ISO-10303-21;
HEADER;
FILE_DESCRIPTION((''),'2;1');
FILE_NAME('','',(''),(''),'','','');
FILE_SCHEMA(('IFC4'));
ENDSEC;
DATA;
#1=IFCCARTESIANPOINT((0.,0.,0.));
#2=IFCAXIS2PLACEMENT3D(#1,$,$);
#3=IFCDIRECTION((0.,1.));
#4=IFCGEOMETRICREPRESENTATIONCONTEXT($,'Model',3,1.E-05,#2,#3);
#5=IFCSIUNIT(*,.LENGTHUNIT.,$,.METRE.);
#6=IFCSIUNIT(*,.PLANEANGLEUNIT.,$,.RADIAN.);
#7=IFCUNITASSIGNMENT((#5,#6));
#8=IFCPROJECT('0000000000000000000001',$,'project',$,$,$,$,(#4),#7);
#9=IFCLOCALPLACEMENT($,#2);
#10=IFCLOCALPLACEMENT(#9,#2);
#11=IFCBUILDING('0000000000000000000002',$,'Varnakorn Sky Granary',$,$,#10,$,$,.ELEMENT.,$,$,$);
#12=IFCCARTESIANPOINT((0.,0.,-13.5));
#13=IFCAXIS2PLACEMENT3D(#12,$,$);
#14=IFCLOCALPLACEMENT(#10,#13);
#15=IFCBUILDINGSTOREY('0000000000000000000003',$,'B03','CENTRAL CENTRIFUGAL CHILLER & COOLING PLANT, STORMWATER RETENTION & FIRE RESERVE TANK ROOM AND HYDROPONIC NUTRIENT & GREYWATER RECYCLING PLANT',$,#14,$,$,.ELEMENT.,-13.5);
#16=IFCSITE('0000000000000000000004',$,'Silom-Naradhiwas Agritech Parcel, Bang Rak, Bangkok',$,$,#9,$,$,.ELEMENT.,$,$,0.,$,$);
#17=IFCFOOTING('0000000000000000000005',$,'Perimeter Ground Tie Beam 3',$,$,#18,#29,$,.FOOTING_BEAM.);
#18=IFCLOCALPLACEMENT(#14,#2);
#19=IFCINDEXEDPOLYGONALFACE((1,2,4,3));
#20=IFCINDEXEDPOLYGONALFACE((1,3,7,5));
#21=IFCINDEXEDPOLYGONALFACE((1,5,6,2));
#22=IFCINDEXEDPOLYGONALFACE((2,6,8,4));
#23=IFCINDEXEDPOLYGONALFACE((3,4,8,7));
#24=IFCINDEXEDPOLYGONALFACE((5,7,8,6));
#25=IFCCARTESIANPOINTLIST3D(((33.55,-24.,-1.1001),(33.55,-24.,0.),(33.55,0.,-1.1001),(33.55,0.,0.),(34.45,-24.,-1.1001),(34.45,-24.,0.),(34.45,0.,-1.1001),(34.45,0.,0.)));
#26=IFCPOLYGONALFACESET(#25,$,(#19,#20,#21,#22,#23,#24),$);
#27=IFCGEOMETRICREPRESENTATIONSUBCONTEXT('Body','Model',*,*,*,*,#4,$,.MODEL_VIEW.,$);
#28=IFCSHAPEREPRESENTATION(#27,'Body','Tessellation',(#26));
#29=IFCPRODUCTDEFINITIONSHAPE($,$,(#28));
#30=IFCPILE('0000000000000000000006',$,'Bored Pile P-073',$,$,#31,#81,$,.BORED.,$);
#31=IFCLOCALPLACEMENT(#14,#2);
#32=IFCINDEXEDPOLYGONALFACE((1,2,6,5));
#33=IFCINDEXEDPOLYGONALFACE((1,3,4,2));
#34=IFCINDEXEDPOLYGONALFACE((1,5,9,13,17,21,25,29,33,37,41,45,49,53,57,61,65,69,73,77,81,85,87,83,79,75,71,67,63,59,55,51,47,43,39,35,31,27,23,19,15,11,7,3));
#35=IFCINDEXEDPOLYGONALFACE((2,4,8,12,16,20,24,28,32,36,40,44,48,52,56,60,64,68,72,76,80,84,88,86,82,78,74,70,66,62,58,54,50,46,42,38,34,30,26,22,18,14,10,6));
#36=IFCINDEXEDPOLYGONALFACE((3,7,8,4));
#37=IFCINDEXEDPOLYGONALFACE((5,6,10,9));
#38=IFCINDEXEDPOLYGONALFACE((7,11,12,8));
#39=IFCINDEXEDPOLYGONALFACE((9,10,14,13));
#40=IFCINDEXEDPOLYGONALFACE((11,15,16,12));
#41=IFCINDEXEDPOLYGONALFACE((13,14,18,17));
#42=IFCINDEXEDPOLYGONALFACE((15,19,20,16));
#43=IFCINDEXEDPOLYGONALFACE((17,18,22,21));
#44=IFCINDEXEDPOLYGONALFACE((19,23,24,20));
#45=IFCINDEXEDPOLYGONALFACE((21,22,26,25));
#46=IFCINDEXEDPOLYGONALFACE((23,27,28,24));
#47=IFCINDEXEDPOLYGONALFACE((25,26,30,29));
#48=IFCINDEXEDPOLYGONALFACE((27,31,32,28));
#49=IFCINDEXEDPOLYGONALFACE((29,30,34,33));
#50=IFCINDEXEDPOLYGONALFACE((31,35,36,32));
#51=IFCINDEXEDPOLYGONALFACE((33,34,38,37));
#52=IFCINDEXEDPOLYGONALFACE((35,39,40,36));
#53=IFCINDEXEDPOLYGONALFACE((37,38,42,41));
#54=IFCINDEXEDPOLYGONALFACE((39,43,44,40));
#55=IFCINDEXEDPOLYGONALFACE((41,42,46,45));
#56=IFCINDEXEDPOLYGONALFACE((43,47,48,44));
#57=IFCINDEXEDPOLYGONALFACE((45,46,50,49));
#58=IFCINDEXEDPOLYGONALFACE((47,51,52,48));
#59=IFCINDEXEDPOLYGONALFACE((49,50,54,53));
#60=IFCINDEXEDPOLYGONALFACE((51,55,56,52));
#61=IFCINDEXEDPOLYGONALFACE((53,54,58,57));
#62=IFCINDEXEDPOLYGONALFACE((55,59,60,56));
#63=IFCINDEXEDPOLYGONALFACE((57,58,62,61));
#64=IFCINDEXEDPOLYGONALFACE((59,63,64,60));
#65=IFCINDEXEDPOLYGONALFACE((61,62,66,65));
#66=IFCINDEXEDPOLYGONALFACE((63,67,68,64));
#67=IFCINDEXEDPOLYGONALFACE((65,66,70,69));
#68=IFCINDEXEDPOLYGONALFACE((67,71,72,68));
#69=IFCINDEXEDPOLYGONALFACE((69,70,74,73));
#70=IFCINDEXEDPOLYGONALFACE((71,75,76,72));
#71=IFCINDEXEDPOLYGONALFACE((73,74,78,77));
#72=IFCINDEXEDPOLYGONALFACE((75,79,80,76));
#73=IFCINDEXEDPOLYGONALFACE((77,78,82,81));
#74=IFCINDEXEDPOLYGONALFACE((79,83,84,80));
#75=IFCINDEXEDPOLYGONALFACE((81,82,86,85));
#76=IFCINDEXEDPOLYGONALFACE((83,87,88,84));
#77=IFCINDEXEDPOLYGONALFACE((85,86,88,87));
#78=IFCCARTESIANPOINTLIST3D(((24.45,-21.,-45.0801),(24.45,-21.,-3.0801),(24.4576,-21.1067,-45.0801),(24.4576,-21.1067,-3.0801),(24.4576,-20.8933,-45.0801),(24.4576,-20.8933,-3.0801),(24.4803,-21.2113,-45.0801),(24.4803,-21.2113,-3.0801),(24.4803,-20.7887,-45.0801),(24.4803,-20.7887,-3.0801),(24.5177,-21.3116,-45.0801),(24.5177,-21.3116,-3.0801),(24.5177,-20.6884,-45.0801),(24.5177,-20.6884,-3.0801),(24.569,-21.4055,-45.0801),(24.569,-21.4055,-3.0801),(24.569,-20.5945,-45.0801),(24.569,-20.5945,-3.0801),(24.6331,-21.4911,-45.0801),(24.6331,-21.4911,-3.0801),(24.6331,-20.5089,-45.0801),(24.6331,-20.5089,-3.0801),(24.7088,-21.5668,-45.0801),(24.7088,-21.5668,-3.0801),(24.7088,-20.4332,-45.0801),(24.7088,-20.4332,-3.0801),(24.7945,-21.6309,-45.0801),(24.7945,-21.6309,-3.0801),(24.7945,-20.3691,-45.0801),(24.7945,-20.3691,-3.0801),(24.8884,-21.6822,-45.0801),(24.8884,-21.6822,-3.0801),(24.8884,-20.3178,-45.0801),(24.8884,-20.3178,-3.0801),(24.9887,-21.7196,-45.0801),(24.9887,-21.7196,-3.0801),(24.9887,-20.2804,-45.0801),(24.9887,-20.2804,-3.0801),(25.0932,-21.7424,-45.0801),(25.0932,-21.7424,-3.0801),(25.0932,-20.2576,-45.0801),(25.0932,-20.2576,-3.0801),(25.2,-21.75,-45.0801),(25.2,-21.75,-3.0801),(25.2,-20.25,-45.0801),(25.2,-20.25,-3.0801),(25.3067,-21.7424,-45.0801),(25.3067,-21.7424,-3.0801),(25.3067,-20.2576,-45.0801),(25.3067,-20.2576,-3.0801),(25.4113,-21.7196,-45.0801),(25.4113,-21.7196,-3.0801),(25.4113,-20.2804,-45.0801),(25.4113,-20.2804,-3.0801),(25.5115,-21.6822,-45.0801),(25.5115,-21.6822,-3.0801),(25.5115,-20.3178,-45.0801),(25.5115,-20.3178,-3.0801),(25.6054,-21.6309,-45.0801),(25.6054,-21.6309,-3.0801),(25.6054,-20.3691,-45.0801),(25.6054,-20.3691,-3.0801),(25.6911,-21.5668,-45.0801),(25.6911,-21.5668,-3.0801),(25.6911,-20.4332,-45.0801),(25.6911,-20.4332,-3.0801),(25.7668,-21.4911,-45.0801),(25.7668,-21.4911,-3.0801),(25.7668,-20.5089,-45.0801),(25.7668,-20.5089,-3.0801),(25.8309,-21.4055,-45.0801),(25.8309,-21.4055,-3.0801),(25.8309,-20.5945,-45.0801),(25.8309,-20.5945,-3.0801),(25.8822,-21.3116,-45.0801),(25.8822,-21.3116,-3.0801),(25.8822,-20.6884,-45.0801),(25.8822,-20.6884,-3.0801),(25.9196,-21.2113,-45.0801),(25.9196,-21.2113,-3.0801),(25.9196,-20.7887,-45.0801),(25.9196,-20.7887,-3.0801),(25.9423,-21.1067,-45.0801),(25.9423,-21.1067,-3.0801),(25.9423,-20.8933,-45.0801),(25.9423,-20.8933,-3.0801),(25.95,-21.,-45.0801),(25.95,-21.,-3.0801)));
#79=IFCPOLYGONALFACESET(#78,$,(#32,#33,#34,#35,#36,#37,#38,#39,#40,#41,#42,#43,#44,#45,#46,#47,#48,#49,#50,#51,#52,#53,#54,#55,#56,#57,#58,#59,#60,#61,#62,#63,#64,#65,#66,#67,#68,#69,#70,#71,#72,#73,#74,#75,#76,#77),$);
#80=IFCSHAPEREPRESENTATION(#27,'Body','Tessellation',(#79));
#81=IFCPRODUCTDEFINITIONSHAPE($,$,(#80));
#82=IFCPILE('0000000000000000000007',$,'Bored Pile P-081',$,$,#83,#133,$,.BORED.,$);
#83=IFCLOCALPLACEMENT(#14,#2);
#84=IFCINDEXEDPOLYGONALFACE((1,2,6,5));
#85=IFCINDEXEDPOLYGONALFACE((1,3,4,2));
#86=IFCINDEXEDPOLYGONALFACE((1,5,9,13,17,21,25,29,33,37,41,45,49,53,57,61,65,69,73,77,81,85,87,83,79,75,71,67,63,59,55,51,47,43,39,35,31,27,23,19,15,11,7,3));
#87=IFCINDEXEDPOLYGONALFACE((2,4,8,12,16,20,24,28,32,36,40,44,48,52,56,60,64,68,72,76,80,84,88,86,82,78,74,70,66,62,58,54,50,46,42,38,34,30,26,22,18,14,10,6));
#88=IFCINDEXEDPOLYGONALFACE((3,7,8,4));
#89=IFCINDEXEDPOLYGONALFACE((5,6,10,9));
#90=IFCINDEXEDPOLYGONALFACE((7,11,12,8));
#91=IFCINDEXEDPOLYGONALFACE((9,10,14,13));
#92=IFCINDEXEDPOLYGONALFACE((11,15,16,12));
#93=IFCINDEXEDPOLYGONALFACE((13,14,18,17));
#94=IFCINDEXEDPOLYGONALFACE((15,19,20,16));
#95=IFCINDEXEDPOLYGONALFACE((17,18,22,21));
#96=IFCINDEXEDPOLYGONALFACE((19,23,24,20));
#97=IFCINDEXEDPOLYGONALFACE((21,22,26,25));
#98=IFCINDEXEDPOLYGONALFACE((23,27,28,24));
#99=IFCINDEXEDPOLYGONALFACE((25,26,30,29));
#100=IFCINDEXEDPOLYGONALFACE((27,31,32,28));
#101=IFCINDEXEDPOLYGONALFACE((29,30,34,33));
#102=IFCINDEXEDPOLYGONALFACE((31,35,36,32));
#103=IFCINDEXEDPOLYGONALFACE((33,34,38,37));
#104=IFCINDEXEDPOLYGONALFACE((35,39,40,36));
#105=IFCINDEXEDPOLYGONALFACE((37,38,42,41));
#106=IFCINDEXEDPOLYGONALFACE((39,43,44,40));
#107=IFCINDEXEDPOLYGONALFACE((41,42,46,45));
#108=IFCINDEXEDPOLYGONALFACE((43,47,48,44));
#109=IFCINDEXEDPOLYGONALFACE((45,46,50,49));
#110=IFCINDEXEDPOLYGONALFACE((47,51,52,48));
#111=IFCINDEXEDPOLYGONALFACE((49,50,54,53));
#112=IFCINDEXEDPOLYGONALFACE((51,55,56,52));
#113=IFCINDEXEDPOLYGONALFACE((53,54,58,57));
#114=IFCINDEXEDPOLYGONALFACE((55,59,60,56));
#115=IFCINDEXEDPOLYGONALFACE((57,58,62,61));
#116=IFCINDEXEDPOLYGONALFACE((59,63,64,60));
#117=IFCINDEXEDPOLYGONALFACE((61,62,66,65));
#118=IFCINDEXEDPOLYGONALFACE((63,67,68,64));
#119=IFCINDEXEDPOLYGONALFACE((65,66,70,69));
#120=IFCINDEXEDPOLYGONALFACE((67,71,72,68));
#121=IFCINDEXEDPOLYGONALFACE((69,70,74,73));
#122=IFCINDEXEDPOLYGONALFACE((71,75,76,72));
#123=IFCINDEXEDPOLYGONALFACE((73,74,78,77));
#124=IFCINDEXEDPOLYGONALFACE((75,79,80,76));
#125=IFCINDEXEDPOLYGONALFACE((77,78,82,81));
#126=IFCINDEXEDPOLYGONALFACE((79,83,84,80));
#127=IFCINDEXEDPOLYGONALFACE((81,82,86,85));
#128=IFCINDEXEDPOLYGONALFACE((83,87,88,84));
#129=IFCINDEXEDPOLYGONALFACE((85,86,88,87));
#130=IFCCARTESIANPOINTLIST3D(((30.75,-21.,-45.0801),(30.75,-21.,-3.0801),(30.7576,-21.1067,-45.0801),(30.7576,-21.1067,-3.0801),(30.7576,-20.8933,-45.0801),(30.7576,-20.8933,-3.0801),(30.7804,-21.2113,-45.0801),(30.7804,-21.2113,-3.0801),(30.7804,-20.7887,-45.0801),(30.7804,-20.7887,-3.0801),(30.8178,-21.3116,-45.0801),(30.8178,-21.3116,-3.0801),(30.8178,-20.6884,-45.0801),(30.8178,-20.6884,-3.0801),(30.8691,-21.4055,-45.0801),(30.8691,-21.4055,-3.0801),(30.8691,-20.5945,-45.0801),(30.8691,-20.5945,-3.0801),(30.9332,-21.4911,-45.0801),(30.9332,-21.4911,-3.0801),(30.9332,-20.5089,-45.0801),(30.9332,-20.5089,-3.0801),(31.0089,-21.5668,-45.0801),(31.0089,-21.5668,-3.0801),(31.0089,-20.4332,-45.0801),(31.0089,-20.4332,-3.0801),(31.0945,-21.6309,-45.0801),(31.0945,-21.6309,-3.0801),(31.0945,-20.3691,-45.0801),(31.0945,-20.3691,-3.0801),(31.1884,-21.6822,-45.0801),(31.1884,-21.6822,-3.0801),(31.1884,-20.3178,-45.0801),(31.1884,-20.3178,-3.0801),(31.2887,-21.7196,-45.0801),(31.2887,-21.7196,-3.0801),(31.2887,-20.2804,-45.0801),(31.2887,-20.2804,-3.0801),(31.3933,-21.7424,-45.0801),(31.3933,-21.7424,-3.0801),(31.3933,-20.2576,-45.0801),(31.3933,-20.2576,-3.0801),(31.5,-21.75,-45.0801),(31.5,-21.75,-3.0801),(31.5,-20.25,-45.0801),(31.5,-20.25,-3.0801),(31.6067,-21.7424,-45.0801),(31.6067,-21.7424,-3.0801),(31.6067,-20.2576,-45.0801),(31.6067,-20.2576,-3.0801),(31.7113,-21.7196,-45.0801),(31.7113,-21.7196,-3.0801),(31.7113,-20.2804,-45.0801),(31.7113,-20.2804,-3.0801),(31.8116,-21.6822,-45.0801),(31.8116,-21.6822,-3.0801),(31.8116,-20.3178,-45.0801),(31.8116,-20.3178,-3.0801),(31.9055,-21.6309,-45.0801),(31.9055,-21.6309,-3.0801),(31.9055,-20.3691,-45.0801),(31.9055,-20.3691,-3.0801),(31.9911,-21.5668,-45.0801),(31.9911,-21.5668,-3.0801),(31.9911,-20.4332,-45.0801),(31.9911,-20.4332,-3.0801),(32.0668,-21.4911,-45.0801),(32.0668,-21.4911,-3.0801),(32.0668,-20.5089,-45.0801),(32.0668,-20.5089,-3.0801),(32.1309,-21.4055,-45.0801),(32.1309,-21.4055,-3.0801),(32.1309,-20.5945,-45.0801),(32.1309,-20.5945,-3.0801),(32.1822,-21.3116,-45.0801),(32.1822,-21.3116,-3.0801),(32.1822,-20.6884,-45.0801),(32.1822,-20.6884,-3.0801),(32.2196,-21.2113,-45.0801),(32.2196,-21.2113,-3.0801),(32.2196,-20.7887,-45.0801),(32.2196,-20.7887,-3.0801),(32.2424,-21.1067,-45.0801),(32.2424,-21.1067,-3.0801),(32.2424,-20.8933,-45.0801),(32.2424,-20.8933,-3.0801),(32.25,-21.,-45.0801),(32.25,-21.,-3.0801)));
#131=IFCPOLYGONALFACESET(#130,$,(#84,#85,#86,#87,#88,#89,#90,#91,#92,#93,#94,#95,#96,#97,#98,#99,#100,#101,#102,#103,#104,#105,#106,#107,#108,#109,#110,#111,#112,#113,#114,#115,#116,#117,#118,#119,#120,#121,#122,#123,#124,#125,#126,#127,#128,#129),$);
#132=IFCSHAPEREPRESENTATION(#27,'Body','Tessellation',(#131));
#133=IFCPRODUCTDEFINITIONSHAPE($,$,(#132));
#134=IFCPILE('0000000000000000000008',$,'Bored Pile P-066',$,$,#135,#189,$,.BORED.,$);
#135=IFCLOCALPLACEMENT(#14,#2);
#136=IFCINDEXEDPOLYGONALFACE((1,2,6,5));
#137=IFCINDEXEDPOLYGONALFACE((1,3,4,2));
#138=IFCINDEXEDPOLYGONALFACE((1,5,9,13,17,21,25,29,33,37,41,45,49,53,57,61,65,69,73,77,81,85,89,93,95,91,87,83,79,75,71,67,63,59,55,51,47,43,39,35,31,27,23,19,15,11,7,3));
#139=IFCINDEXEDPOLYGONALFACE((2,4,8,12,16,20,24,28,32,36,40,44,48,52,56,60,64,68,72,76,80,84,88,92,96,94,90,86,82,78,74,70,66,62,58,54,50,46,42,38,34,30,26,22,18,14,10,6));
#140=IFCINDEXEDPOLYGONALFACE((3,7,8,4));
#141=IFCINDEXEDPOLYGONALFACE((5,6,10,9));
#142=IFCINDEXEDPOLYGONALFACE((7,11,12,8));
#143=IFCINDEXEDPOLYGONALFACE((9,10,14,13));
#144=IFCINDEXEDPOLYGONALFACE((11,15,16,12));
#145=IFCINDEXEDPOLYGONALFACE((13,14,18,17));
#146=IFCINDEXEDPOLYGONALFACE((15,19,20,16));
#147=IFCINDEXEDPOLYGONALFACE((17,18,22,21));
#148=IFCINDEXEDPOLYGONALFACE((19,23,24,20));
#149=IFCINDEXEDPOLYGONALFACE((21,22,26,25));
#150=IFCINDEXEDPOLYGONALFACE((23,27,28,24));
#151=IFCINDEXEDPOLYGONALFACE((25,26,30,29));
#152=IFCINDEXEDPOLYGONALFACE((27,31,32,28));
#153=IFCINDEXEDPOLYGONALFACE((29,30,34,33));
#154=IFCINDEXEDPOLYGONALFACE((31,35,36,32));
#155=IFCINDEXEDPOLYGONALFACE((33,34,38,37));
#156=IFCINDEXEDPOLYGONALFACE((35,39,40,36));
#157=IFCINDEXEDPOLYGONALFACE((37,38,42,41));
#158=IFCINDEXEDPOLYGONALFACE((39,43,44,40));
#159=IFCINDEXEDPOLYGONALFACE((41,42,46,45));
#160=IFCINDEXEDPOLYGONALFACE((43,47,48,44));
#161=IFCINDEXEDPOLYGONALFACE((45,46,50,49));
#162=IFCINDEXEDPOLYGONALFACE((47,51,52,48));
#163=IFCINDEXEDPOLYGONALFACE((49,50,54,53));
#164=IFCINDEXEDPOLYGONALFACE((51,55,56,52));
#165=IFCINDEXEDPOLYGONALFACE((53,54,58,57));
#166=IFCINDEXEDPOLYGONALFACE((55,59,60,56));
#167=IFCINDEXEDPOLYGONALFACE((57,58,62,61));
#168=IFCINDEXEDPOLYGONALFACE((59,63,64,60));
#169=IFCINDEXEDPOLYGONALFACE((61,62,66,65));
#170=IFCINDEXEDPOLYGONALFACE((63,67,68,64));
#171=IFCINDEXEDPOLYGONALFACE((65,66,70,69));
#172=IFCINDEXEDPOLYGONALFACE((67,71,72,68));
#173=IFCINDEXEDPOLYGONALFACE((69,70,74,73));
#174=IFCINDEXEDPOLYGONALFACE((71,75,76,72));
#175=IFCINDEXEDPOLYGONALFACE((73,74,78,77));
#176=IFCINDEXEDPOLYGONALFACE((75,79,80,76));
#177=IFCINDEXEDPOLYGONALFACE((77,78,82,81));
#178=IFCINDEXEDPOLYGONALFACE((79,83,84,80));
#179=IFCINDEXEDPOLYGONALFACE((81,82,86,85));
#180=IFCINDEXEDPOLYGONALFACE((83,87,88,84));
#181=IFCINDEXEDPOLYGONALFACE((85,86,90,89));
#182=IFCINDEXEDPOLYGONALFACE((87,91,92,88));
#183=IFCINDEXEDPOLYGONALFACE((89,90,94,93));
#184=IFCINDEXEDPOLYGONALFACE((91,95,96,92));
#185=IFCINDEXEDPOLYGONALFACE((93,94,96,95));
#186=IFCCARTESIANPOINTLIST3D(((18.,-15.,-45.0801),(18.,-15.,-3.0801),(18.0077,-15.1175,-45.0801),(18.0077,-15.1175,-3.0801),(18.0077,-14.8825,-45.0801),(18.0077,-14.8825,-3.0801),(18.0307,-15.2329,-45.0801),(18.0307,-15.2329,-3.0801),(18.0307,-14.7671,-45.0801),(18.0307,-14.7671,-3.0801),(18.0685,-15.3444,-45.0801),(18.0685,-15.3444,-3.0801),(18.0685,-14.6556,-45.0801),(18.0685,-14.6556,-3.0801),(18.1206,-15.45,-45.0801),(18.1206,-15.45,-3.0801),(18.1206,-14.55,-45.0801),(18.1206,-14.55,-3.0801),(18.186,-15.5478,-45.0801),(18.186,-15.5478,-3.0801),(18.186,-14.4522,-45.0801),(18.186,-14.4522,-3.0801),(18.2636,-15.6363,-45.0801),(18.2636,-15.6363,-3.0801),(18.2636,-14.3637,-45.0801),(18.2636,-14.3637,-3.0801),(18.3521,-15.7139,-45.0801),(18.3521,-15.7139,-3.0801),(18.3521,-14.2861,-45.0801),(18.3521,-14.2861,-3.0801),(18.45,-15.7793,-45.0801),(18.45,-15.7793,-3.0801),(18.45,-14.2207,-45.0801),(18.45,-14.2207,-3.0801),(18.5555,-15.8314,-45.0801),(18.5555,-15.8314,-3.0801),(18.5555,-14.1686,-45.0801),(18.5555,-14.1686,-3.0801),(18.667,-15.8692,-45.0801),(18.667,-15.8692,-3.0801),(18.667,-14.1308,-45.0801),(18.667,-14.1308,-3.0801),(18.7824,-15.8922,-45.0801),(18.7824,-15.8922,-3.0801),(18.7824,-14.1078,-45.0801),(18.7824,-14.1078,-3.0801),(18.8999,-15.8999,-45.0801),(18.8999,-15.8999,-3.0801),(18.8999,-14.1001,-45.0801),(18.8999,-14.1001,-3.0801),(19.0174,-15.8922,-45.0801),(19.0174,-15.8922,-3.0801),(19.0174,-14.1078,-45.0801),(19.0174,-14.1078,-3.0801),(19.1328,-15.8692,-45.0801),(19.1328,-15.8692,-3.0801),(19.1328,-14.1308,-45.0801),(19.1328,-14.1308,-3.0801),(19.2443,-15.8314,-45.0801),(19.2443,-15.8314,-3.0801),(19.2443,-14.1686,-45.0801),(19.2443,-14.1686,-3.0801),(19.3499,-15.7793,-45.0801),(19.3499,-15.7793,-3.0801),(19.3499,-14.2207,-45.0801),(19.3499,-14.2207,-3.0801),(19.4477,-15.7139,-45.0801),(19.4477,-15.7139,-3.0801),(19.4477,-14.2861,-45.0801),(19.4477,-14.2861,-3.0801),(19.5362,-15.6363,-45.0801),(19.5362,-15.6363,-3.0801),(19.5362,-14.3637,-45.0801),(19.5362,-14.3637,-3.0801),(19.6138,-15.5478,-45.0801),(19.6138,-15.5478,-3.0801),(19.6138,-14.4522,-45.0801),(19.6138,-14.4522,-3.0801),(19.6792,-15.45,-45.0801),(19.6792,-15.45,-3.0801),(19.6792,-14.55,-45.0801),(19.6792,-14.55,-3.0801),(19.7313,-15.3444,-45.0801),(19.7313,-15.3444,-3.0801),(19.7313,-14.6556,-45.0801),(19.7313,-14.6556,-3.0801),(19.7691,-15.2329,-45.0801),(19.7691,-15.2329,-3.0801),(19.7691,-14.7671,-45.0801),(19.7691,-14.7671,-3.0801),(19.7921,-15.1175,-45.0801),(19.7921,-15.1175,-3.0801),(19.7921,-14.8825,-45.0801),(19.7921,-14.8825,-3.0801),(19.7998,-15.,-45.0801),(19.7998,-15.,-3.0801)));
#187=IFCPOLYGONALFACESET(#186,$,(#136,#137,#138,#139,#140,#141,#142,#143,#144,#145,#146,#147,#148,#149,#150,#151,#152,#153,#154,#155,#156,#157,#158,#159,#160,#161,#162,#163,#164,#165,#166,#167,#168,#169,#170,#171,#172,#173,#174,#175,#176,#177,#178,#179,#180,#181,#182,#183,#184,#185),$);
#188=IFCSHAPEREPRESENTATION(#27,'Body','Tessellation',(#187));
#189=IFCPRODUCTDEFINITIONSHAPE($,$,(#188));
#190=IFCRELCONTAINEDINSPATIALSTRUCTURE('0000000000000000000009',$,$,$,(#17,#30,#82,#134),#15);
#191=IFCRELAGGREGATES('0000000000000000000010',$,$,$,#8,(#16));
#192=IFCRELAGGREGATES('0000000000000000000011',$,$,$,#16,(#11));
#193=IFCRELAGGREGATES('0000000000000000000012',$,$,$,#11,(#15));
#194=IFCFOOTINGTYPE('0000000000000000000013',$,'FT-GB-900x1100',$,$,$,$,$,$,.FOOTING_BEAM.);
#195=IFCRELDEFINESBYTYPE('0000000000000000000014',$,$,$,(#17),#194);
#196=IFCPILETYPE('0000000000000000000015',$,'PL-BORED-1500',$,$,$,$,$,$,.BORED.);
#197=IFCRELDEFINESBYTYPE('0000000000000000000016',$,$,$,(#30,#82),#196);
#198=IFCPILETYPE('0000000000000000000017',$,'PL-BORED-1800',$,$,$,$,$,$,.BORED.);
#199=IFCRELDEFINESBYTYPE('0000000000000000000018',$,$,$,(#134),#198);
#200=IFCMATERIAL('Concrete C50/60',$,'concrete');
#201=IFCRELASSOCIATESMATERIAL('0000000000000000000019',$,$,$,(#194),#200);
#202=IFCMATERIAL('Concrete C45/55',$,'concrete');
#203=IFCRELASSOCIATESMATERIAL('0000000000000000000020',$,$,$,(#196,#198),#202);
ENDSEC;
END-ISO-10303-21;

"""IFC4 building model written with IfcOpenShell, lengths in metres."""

from ifc_helpers import new_model, si_unit, direction, frame, origin, origin_2d, place, context, subcontext, project, spatial, rectangle, circle, extrude, material, material_profile, profile_set, type_object, element, save


model = new_model("IFC4")

# Units and contexts
model_context = context("Model", 3, precision=1e-05, world=origin(), true_north=direction((0.0, 1.0)))
body_context = subcontext(model_context, "Body", "Model", "MODEL_VIEW")
ifc_project = project(units=[si_unit("LENGTHUNIT", "METRE"), si_unit("PLANEANGLEUNIT", "RADIAN")], contexts=[model_context])

# Site, building, storey
site_placement = place(None, origin())
site = spatial("IfcSite", under=ifc_project, at=site_placement, Name="Silom-Naradhiwas Agritech Parcel, Bang Rak, Bangkok", CompositionType="ELEMENT", RefElevation=0.0)
building_placement = place(site_placement, origin())
building = spatial("IfcBuilding", under=site, at=building_placement, Name="Varnakorn Sky Granary", CompositionType="ELEMENT")
storey_placement = place(building_placement, frame((0.0, 0.0, -13.5)))
storey = spatial("IfcBuildingStorey", under=building, at=storey_placement, Name="B03", Description="CENTRAL CENTRIFUGAL CHILLER & COOLING PLANT, STORMWATER RETENTION & FIRE RESERVE TANK ROOM AND HYDROPONIC NUTRIENT & GREYWATER RECYCLING PLANT", CompositionType="ELEMENT", Elevation=-13.5)

# Footing
ifc_material_1 = material(Name="Concrete C50/60", Category="concrete")
ifc_material_profile_1 = material_profile(ifc_material_1, rectangle(XDim=0.8999, YDim=1.1001, at=origin_2d()), Name="RC 900x1100")
ifc_profile_set_1 = profile_set([ifc_material_profile_1], Name="Concrete C50/60")
footing_type = type_object("IfcFootingType", Name="FT-GB-900x1100", PredefinedType="FOOTING_BEAM", material=ifc_profile_set_1)
footing_placement = place(storey_placement, frame((34.0, -24.0, -0.55), z_axis=(0.0, 1.0, 0.0), x_axis=(-1.0, 0.0, 0.0)))
element("IfcFooting", 1, at=footing_placement, inside=storey, type_object=footing_type, Name="Perimeter Ground Tie Beam 3", PredefinedType="FOOTING_BEAM", context=body_context, shape_type="SweptSolid", body=[
    extrude(rectangle(XDim=0.8999, YDim=1.1001, at=origin_2d()), origin(), (0.0, 0.0, 1.0), 24.0),
])

# Piles
ifc_material_2 = material(Name="Concrete C45/55", Category="concrete")
ifc_material_profile_2 = material_profile(ifc_material_2, circle(Radius=0.75, at=origin_2d()), Name="PILE D1500")
ifc_profile_set_2 = profile_set([ifc_material_profile_2], Name="Concrete C45/55")
pile_type_1 = type_object("IfcPileType", Name="PL-BORED-1500", PredefinedType="BORED", material=ifc_profile_set_2)
for number, where, z_axis, x_axis, name in (
    (2, (25.2, -21.0, -3.0801), (0.0, 0.0, -1.0), (1.0, 0.0, 0.0), "Bored Pile P-073"),
    (3, (31.5, -21.0, -3.0801), (0.0, 0.0, -1.0), (1.0, 0.0, 0.0), "Bored Pile P-081"),
):
    element("IfcPile", number, at=place(storey_placement, frame(where, z_axis=z_axis, x_axis=x_axis)), inside=storey, type_object=pile_type_1, Name=name, PredefinedType="BORED", context=body_context, shape_type="SweptSolid", body=[
        extrude(circle(Radius=0.75, at=origin_2d()), origin(), (0.0, 0.0, 1.0), 42.0),
    ])
ifc_material_profile_3 = material_profile(ifc_material_2, circle(Radius=0.8999, at=origin_2d()), Name="PILE D1800")
ifc_profile_set_3 = profile_set([ifc_material_profile_3], Name="Concrete C45/55")
pile_type_2 = type_object("IfcPileType", Name="PL-BORED-1800", PredefinedType="BORED", material=ifc_profile_set_3)
pile_placement = place(storey_placement, frame((18.8999, -15.0, -3.0801), z_axis=(0.0, 0.0, -1.0), x_axis=(1.0, 0.0, 0.0)))
element("IfcPile", 4, at=pile_placement, inside=storey, type_object=pile_type_2, Name="Bored Pile P-066", PredefinedType="BORED", context=body_context, shape_type="SweptSolid", body=[
    extrude(circle(Radius=0.8999, at=origin_2d()), origin(), (0.0, 0.0, 1.0), 42.0),
])

save(model, "model.ifc")
